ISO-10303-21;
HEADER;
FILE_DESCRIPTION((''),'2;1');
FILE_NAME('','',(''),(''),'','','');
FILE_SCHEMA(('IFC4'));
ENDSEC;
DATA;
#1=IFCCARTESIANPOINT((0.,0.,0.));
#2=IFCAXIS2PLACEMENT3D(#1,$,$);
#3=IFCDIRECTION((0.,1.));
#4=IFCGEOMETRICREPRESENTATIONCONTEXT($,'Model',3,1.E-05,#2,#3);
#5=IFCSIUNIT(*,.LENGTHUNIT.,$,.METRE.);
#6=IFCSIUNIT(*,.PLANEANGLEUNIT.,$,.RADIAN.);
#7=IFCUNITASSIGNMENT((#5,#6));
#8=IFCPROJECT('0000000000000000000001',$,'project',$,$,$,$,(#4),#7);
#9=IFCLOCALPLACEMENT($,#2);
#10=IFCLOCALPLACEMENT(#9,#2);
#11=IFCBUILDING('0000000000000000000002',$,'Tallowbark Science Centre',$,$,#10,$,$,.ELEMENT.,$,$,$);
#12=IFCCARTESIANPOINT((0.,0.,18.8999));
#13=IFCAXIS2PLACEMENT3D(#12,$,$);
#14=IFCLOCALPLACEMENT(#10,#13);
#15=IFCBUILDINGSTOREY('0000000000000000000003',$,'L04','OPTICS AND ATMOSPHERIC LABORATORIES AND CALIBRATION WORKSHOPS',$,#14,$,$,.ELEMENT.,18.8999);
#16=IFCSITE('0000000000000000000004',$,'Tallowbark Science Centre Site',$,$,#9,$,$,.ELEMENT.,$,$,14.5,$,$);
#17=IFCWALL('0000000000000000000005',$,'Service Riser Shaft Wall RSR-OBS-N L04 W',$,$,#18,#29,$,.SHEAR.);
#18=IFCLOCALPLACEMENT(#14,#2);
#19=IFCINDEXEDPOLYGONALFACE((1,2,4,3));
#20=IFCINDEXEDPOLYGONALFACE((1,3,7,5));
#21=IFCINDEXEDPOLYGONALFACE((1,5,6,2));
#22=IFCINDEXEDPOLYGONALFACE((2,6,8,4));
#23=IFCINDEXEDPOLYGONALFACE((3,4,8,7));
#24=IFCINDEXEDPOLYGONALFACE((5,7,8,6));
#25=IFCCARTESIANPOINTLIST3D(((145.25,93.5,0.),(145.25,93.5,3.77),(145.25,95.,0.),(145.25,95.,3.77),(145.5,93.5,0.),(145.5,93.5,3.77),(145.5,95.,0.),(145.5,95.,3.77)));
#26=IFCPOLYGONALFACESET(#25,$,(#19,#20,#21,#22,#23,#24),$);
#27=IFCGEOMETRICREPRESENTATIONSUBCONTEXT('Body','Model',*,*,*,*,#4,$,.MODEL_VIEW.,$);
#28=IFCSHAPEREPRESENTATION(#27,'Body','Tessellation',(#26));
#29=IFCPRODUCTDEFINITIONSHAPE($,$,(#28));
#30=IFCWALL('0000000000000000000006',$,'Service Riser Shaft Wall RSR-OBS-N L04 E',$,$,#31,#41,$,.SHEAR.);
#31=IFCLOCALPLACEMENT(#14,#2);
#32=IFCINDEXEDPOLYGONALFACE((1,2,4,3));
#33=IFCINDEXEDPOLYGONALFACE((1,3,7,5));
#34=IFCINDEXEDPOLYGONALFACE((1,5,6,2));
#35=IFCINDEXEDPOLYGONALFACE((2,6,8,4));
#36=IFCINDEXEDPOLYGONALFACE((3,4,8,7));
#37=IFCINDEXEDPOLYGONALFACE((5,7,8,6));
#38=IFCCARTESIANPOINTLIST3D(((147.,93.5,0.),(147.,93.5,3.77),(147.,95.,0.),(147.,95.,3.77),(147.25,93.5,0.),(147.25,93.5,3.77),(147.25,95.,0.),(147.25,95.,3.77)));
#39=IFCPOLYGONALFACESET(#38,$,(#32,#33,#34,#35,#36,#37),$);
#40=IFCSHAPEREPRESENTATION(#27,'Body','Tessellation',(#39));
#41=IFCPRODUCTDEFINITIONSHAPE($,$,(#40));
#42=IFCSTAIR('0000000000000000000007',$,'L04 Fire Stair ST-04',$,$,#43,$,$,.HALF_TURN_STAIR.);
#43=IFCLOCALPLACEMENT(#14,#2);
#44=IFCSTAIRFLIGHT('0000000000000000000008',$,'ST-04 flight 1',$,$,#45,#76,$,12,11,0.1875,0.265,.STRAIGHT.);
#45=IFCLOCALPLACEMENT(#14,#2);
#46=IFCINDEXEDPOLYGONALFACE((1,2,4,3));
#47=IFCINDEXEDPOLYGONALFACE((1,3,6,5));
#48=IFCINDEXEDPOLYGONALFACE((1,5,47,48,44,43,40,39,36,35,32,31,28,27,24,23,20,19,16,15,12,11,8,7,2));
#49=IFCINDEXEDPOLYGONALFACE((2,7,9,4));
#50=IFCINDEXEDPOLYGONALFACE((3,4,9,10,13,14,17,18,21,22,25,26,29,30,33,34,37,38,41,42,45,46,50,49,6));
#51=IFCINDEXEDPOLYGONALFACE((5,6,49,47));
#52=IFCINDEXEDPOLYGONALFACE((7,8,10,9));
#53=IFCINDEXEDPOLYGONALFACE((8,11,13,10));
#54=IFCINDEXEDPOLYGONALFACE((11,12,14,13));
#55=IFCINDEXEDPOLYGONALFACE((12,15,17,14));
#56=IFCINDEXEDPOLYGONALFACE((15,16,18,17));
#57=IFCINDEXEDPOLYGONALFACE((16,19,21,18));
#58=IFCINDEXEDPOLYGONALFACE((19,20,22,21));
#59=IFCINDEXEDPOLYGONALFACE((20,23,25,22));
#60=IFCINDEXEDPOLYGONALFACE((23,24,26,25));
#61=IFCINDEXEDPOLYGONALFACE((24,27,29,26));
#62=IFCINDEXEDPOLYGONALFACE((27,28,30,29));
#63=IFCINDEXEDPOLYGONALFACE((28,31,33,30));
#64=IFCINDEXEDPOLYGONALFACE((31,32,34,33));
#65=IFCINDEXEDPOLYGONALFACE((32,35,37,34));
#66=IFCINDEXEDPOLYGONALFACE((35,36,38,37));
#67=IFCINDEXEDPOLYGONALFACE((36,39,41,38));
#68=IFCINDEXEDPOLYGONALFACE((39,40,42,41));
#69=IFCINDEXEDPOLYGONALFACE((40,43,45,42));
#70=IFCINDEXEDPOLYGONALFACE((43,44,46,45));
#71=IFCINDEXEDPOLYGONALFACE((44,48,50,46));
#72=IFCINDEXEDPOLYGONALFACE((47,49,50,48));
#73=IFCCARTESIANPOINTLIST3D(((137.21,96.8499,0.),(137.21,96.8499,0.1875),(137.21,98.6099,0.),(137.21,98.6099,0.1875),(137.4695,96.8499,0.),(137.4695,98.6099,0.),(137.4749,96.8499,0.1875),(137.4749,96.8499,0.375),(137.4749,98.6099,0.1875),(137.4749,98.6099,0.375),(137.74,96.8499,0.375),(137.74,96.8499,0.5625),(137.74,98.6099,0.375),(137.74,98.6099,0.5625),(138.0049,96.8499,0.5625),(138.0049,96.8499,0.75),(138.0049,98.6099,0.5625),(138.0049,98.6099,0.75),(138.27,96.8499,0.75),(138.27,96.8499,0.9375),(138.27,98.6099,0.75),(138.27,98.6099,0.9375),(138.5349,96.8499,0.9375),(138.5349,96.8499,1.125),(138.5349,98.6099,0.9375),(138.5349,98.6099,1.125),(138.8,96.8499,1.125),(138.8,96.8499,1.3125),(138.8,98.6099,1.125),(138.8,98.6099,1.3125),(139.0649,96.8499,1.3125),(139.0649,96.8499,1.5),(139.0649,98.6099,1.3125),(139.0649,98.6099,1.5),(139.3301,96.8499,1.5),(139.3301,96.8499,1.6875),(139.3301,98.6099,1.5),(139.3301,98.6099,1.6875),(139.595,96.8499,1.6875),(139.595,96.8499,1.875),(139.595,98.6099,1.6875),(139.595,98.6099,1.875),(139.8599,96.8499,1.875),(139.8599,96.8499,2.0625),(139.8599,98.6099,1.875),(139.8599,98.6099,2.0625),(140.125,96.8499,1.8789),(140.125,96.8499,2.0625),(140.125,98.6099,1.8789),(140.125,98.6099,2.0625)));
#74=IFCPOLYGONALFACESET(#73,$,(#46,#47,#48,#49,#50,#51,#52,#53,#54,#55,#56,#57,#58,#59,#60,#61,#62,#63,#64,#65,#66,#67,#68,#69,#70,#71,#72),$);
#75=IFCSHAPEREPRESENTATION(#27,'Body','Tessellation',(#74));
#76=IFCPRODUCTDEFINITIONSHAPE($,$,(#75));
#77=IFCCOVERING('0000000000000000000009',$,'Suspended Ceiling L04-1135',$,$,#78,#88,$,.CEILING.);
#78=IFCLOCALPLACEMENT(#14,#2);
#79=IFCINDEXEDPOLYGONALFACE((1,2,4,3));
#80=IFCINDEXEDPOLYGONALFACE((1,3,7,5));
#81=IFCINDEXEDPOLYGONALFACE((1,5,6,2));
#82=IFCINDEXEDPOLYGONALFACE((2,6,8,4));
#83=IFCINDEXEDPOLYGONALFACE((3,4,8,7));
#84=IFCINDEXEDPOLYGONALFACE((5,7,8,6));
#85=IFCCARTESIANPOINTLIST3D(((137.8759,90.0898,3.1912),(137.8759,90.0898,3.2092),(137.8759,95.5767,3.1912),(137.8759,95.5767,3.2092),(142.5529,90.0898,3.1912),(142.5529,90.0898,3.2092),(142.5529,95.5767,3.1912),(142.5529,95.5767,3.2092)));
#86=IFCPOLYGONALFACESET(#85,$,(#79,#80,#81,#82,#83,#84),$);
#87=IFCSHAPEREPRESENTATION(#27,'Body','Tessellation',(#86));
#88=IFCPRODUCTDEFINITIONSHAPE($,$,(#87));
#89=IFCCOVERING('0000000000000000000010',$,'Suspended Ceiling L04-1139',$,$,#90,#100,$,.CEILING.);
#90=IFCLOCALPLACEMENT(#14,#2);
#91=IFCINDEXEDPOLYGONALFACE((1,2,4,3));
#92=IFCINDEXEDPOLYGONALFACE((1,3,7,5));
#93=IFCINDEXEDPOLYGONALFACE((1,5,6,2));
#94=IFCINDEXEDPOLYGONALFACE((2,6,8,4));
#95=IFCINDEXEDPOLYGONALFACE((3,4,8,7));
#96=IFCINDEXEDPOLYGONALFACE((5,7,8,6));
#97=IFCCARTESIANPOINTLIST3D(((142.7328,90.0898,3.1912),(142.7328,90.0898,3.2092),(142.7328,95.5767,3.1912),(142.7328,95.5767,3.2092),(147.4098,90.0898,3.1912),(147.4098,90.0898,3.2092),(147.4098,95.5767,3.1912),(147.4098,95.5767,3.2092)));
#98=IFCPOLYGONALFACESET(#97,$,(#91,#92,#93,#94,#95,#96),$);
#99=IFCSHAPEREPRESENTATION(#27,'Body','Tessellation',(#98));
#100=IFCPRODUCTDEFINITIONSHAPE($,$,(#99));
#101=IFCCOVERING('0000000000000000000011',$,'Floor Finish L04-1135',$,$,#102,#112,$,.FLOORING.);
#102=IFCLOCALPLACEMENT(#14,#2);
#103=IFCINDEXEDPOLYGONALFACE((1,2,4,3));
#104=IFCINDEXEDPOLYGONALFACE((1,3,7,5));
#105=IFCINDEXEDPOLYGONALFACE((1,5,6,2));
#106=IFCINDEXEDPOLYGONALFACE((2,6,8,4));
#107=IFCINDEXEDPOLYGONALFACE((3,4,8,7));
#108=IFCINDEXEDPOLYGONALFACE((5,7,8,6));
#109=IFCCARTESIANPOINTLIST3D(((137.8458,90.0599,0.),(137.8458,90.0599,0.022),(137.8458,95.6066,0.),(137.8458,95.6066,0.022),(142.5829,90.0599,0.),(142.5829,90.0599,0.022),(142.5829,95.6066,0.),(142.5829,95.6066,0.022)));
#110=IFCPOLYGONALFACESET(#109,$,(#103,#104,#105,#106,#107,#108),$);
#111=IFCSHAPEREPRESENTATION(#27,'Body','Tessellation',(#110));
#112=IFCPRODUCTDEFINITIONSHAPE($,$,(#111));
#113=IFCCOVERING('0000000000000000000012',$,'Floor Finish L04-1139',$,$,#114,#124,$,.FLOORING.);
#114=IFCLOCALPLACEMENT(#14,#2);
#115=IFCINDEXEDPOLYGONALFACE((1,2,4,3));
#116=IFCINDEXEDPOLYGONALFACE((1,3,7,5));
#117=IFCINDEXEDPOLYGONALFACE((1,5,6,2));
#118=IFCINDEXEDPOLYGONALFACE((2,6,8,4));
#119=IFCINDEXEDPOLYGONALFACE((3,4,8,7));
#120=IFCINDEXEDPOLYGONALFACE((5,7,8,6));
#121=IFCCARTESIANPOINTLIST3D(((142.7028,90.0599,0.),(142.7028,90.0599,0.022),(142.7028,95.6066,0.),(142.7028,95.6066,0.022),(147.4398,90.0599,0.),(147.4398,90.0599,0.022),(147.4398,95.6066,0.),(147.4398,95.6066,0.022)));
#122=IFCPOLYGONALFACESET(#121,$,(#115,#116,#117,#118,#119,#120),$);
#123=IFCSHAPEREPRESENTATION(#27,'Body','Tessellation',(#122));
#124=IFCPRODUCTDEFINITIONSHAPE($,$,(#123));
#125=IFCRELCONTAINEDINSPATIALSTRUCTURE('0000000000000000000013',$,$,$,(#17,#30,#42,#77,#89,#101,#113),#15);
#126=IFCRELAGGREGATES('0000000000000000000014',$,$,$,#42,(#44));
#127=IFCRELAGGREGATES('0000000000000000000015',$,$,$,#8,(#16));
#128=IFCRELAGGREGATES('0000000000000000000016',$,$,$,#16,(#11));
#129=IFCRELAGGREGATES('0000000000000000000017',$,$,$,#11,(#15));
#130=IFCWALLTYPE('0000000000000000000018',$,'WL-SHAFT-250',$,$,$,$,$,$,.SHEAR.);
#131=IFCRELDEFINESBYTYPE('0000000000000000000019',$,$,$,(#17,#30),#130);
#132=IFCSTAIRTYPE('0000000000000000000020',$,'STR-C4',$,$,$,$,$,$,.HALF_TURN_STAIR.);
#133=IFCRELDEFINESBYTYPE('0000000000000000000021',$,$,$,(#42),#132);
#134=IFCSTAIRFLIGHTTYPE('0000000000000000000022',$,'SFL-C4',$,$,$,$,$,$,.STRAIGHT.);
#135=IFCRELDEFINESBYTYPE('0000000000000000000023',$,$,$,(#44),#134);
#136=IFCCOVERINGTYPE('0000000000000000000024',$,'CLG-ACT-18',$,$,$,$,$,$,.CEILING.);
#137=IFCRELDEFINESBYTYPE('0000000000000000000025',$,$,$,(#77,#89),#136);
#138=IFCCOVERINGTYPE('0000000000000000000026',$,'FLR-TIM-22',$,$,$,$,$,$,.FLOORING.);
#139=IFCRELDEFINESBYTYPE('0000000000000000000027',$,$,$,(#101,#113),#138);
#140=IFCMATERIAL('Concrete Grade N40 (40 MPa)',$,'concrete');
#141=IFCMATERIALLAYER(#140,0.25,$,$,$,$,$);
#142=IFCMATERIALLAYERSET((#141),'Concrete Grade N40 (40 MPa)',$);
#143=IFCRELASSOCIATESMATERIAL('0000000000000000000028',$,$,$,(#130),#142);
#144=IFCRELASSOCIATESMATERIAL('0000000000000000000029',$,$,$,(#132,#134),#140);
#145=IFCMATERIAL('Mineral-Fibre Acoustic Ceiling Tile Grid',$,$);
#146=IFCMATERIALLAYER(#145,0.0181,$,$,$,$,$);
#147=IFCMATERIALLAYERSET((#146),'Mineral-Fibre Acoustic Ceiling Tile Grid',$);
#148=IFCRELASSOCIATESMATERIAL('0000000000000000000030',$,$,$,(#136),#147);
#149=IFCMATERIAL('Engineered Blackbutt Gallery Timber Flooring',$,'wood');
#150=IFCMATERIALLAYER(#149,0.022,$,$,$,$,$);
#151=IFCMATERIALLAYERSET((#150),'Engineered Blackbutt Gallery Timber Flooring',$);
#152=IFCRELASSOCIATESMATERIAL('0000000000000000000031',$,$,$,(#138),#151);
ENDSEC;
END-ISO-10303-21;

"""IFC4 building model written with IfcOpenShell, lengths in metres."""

from ifc_helpers import new_model, si_unit, direction, frame, frame_2d, origin, origin_2d, place, context, subcontext, project, spatial, polyline, rectangle, outline, extrude, material, layer, layer_set, type_object, element, aggregate, save


model = new_model("IFC4")

# Units and contexts
model_context = context("Model", 3, precision=1e-05, world=origin(), true_north=direction((0.0, 1.0)))
body_context = subcontext(model_context, "Body", "Model", "MODEL_VIEW")
ifc_project = project(units=[si_unit("LENGTHUNIT", "METRE"), si_unit("PLANEANGLEUNIT", "RADIAN")], contexts=[model_context])

# Site, building, storey
site_placement = place(None, origin())
site = spatial("IfcSite", under=ifc_project, at=site_placement, Name="Tallowbark Science Centre Site", CompositionType="ELEMENT", RefElevation=14.5)
building_placement = place(site_placement, origin())
building = spatial("IfcBuilding", under=site, at=building_placement, Name="Tallowbark Science Centre", CompositionType="ELEMENT")
storey_placement = place(building_placement, frame((0.0, 0.0, 18.8999)))
storey = spatial("IfcBuildingStorey", under=building, at=storey_placement, Name="L04", Description="OPTICS AND ATMOSPHERIC LABORATORIES AND CALIBRATION WORKSHOPS", CompositionType="ELEMENT", Elevation=18.8999)

# Shared definitions
ifc_material_1 = material(Name="Concrete Grade N40 (40 MPa)", Category="concrete")

# Walls
ifc_layer_1 = layer(ifc_material_1, 0.25)
ifc_layer_set_1 = layer_set([ifc_layer_1], Name="Concrete Grade N40 (40 MPa)")
wall_type_1 = type_object("IfcWallType", Name="WL-SHAFT-250", PredefinedType="SHEAR", material=ifc_layer_set_1)
for number, where, z_axis, x_axis, name in (
    (1, (145.375, 93.5, 0.0), (0.0, 0.0, 1.0), (0.0, 1.0, 0.0), "Service Riser Shaft Wall RSR-OBS-N L04 W"),
    (2, (147.125, 93.5, 0.0), (0.0, 0.0, 1.0), (0.0, 1.0, 0.0), "Service Riser Shaft Wall RSR-OBS-N L04 E"),
):
    element("IfcWall", number, at=place(storey_placement, frame(where, z_axis=z_axis, x_axis=x_axis)), inside=storey, type_object=wall_type_1, Name=name, PredefinedType="SHEAR", context=body_context, shape_type="SweptSolid", body=[
        extrude(rectangle(XDim=1.5, YDim=0.25, at=frame_2d((0.75, 0.0))), origin(), (0.0, 0.0, 1.0), 3.77),
    ])

# Stair, stair flight
stair_type = type_object("IfcStairType", Name="STR-C4", PredefinedType="HALF_TURN_STAIR", material=ifc_material_1)
stair_placement = place(storey_placement, origin())
stair = element("IfcStair", 3, at=stair_placement, inside=storey, type_object=stair_type, Name="L04 Fire Stair ST-04", PredefinedType="HALF_TURN_STAIR")
stair_flight_type = type_object("IfcStairFlightType", Name="SFL-C4", PredefinedType="STRAIGHT", material=ifc_material_1)
stair_flight_placement = place(storey_placement, frame((137.21, 97.73, 0.0), z_axis=(0.0, 0.0, 1.0), x_axis=(1.0, 0.0, 0.0)))
stair_flight = element("IfcStairFlight", 4, at=stair_flight_placement, type_object=stair_flight_type, Name="ST-04 flight 1", NumberOfRisers=12, NumberOfTreads=11, PredefinedType="STRAIGHT", RiserHeight=0.1875, TreadLength=0.265, context=body_context, shape_type="SweptSolid", body=[
    extrude(outline(polyline([(0.0, 0.0), (0.0, 0.1875), (0.2649, 0.1875), (0.2649, 0.375), (0.53, 0.375), (0.53, 0.5625), (0.7949, 0.5625), (0.7949, 0.75), (1.0601, 0.75), (1.0601, 0.9375), (1.325, 0.9375), (1.325, 1.125), (1.5901, 1.125), (1.5901, 1.3125), (1.855, 1.3125), (1.855, 1.5), (2.1201, 1.5), (2.1201, 1.6875), (2.385, 1.6875), (2.385, 1.875), (2.6499, 1.875), (2.6499, 2.0625), (2.915, 2.0625), (2.915, 2.25), (2.915, 1.8789), (0.2595, 0.0), (0.0, 0.0)])), frame((0.0, 0.8799, 0.0), z_axis=(0.0, -1.0, 0.0), x_axis=(1.0, 0.0, 0.0)), (0.0, 0.0, 1.0), 1.76),
])
aggregate(stair, [stair_flight])

# Coverings
ifc_material_2 = material(Name="Mineral-Fibre Acoustic Ceiling Tile Grid")
ifc_layer_2 = layer(ifc_material_2, 0.0181)
ifc_layer_set_2 = layer_set([ifc_layer_2], Name="Mineral-Fibre Acoustic Ceiling Tile Grid")
covering_type_1 = type_object("IfcCoveringType", Name="CLG-ACT-18", PredefinedType="CEILING", material=ifc_layer_set_2)
for number, where, z_axis, x_axis, name in (
    (5, (140.2144, 92.8333, 3.1912), (0.0, 0.0, 1.0), (1.0, 0.0, 0.0), "Suspended Ceiling L04-1135"),
    (6, (145.0713, 92.8333, 3.1912), (0.0, 0.0, 1.0), (1.0, 0.0, 0.0), "Suspended Ceiling L04-1139"),
):
    element("IfcCovering", number, at=place(storey_placement, frame(where, z_axis=z_axis, x_axis=x_axis)), inside=storey, type_object=covering_type_1, Name=name, PredefinedType="CEILING", context=body_context, shape_type="SweptSolid", body=[
        extrude(rectangle(XDim=4.677, YDim=5.4868, at=origin_2d()), origin(), (0.0, 0.0, 1.0), 0.0181),
    ])
ifc_material_3 = material(Name="Engineered Blackbutt Gallery Timber Flooring", Category="wood")
ifc_layer_3 = layer(ifc_material_3, 0.022)
ifc_layer_set_3 = layer_set([ifc_layer_3], Name="Engineered Blackbutt Gallery Timber Flooring")
covering_type_2 = type_object("IfcCoveringType", Name="FLR-TIM-22", PredefinedType="FLOORING", material=ifc_layer_set_3)
for number, where, z_axis, x_axis, name in (
    (7, (140.2144, 92.8333, 0.0), (0.0, 0.0, 1.0), (1.0, 0.0, 0.0), "Floor Finish L04-1135"),
    (8, (145.0713, 92.8333, 0.0), (0.0, 0.0, 1.0), (1.0, 0.0, 0.0), "Floor Finish L04-1139"),
):
    element("IfcCovering", number, at=place(storey_placement, frame(where, z_axis=z_axis, x_axis=x_axis)), inside=storey, type_object=covering_type_2, Name=name, PredefinedType="FLOORING", context=body_context, shape_type="SweptSolid", body=[
        extrude(rectangle(XDim=4.7371, YDim=5.5466, at=origin_2d()), origin(), (0.0, 0.0, 1.0), 0.022),
    ])

save(model, "model.ifc")
